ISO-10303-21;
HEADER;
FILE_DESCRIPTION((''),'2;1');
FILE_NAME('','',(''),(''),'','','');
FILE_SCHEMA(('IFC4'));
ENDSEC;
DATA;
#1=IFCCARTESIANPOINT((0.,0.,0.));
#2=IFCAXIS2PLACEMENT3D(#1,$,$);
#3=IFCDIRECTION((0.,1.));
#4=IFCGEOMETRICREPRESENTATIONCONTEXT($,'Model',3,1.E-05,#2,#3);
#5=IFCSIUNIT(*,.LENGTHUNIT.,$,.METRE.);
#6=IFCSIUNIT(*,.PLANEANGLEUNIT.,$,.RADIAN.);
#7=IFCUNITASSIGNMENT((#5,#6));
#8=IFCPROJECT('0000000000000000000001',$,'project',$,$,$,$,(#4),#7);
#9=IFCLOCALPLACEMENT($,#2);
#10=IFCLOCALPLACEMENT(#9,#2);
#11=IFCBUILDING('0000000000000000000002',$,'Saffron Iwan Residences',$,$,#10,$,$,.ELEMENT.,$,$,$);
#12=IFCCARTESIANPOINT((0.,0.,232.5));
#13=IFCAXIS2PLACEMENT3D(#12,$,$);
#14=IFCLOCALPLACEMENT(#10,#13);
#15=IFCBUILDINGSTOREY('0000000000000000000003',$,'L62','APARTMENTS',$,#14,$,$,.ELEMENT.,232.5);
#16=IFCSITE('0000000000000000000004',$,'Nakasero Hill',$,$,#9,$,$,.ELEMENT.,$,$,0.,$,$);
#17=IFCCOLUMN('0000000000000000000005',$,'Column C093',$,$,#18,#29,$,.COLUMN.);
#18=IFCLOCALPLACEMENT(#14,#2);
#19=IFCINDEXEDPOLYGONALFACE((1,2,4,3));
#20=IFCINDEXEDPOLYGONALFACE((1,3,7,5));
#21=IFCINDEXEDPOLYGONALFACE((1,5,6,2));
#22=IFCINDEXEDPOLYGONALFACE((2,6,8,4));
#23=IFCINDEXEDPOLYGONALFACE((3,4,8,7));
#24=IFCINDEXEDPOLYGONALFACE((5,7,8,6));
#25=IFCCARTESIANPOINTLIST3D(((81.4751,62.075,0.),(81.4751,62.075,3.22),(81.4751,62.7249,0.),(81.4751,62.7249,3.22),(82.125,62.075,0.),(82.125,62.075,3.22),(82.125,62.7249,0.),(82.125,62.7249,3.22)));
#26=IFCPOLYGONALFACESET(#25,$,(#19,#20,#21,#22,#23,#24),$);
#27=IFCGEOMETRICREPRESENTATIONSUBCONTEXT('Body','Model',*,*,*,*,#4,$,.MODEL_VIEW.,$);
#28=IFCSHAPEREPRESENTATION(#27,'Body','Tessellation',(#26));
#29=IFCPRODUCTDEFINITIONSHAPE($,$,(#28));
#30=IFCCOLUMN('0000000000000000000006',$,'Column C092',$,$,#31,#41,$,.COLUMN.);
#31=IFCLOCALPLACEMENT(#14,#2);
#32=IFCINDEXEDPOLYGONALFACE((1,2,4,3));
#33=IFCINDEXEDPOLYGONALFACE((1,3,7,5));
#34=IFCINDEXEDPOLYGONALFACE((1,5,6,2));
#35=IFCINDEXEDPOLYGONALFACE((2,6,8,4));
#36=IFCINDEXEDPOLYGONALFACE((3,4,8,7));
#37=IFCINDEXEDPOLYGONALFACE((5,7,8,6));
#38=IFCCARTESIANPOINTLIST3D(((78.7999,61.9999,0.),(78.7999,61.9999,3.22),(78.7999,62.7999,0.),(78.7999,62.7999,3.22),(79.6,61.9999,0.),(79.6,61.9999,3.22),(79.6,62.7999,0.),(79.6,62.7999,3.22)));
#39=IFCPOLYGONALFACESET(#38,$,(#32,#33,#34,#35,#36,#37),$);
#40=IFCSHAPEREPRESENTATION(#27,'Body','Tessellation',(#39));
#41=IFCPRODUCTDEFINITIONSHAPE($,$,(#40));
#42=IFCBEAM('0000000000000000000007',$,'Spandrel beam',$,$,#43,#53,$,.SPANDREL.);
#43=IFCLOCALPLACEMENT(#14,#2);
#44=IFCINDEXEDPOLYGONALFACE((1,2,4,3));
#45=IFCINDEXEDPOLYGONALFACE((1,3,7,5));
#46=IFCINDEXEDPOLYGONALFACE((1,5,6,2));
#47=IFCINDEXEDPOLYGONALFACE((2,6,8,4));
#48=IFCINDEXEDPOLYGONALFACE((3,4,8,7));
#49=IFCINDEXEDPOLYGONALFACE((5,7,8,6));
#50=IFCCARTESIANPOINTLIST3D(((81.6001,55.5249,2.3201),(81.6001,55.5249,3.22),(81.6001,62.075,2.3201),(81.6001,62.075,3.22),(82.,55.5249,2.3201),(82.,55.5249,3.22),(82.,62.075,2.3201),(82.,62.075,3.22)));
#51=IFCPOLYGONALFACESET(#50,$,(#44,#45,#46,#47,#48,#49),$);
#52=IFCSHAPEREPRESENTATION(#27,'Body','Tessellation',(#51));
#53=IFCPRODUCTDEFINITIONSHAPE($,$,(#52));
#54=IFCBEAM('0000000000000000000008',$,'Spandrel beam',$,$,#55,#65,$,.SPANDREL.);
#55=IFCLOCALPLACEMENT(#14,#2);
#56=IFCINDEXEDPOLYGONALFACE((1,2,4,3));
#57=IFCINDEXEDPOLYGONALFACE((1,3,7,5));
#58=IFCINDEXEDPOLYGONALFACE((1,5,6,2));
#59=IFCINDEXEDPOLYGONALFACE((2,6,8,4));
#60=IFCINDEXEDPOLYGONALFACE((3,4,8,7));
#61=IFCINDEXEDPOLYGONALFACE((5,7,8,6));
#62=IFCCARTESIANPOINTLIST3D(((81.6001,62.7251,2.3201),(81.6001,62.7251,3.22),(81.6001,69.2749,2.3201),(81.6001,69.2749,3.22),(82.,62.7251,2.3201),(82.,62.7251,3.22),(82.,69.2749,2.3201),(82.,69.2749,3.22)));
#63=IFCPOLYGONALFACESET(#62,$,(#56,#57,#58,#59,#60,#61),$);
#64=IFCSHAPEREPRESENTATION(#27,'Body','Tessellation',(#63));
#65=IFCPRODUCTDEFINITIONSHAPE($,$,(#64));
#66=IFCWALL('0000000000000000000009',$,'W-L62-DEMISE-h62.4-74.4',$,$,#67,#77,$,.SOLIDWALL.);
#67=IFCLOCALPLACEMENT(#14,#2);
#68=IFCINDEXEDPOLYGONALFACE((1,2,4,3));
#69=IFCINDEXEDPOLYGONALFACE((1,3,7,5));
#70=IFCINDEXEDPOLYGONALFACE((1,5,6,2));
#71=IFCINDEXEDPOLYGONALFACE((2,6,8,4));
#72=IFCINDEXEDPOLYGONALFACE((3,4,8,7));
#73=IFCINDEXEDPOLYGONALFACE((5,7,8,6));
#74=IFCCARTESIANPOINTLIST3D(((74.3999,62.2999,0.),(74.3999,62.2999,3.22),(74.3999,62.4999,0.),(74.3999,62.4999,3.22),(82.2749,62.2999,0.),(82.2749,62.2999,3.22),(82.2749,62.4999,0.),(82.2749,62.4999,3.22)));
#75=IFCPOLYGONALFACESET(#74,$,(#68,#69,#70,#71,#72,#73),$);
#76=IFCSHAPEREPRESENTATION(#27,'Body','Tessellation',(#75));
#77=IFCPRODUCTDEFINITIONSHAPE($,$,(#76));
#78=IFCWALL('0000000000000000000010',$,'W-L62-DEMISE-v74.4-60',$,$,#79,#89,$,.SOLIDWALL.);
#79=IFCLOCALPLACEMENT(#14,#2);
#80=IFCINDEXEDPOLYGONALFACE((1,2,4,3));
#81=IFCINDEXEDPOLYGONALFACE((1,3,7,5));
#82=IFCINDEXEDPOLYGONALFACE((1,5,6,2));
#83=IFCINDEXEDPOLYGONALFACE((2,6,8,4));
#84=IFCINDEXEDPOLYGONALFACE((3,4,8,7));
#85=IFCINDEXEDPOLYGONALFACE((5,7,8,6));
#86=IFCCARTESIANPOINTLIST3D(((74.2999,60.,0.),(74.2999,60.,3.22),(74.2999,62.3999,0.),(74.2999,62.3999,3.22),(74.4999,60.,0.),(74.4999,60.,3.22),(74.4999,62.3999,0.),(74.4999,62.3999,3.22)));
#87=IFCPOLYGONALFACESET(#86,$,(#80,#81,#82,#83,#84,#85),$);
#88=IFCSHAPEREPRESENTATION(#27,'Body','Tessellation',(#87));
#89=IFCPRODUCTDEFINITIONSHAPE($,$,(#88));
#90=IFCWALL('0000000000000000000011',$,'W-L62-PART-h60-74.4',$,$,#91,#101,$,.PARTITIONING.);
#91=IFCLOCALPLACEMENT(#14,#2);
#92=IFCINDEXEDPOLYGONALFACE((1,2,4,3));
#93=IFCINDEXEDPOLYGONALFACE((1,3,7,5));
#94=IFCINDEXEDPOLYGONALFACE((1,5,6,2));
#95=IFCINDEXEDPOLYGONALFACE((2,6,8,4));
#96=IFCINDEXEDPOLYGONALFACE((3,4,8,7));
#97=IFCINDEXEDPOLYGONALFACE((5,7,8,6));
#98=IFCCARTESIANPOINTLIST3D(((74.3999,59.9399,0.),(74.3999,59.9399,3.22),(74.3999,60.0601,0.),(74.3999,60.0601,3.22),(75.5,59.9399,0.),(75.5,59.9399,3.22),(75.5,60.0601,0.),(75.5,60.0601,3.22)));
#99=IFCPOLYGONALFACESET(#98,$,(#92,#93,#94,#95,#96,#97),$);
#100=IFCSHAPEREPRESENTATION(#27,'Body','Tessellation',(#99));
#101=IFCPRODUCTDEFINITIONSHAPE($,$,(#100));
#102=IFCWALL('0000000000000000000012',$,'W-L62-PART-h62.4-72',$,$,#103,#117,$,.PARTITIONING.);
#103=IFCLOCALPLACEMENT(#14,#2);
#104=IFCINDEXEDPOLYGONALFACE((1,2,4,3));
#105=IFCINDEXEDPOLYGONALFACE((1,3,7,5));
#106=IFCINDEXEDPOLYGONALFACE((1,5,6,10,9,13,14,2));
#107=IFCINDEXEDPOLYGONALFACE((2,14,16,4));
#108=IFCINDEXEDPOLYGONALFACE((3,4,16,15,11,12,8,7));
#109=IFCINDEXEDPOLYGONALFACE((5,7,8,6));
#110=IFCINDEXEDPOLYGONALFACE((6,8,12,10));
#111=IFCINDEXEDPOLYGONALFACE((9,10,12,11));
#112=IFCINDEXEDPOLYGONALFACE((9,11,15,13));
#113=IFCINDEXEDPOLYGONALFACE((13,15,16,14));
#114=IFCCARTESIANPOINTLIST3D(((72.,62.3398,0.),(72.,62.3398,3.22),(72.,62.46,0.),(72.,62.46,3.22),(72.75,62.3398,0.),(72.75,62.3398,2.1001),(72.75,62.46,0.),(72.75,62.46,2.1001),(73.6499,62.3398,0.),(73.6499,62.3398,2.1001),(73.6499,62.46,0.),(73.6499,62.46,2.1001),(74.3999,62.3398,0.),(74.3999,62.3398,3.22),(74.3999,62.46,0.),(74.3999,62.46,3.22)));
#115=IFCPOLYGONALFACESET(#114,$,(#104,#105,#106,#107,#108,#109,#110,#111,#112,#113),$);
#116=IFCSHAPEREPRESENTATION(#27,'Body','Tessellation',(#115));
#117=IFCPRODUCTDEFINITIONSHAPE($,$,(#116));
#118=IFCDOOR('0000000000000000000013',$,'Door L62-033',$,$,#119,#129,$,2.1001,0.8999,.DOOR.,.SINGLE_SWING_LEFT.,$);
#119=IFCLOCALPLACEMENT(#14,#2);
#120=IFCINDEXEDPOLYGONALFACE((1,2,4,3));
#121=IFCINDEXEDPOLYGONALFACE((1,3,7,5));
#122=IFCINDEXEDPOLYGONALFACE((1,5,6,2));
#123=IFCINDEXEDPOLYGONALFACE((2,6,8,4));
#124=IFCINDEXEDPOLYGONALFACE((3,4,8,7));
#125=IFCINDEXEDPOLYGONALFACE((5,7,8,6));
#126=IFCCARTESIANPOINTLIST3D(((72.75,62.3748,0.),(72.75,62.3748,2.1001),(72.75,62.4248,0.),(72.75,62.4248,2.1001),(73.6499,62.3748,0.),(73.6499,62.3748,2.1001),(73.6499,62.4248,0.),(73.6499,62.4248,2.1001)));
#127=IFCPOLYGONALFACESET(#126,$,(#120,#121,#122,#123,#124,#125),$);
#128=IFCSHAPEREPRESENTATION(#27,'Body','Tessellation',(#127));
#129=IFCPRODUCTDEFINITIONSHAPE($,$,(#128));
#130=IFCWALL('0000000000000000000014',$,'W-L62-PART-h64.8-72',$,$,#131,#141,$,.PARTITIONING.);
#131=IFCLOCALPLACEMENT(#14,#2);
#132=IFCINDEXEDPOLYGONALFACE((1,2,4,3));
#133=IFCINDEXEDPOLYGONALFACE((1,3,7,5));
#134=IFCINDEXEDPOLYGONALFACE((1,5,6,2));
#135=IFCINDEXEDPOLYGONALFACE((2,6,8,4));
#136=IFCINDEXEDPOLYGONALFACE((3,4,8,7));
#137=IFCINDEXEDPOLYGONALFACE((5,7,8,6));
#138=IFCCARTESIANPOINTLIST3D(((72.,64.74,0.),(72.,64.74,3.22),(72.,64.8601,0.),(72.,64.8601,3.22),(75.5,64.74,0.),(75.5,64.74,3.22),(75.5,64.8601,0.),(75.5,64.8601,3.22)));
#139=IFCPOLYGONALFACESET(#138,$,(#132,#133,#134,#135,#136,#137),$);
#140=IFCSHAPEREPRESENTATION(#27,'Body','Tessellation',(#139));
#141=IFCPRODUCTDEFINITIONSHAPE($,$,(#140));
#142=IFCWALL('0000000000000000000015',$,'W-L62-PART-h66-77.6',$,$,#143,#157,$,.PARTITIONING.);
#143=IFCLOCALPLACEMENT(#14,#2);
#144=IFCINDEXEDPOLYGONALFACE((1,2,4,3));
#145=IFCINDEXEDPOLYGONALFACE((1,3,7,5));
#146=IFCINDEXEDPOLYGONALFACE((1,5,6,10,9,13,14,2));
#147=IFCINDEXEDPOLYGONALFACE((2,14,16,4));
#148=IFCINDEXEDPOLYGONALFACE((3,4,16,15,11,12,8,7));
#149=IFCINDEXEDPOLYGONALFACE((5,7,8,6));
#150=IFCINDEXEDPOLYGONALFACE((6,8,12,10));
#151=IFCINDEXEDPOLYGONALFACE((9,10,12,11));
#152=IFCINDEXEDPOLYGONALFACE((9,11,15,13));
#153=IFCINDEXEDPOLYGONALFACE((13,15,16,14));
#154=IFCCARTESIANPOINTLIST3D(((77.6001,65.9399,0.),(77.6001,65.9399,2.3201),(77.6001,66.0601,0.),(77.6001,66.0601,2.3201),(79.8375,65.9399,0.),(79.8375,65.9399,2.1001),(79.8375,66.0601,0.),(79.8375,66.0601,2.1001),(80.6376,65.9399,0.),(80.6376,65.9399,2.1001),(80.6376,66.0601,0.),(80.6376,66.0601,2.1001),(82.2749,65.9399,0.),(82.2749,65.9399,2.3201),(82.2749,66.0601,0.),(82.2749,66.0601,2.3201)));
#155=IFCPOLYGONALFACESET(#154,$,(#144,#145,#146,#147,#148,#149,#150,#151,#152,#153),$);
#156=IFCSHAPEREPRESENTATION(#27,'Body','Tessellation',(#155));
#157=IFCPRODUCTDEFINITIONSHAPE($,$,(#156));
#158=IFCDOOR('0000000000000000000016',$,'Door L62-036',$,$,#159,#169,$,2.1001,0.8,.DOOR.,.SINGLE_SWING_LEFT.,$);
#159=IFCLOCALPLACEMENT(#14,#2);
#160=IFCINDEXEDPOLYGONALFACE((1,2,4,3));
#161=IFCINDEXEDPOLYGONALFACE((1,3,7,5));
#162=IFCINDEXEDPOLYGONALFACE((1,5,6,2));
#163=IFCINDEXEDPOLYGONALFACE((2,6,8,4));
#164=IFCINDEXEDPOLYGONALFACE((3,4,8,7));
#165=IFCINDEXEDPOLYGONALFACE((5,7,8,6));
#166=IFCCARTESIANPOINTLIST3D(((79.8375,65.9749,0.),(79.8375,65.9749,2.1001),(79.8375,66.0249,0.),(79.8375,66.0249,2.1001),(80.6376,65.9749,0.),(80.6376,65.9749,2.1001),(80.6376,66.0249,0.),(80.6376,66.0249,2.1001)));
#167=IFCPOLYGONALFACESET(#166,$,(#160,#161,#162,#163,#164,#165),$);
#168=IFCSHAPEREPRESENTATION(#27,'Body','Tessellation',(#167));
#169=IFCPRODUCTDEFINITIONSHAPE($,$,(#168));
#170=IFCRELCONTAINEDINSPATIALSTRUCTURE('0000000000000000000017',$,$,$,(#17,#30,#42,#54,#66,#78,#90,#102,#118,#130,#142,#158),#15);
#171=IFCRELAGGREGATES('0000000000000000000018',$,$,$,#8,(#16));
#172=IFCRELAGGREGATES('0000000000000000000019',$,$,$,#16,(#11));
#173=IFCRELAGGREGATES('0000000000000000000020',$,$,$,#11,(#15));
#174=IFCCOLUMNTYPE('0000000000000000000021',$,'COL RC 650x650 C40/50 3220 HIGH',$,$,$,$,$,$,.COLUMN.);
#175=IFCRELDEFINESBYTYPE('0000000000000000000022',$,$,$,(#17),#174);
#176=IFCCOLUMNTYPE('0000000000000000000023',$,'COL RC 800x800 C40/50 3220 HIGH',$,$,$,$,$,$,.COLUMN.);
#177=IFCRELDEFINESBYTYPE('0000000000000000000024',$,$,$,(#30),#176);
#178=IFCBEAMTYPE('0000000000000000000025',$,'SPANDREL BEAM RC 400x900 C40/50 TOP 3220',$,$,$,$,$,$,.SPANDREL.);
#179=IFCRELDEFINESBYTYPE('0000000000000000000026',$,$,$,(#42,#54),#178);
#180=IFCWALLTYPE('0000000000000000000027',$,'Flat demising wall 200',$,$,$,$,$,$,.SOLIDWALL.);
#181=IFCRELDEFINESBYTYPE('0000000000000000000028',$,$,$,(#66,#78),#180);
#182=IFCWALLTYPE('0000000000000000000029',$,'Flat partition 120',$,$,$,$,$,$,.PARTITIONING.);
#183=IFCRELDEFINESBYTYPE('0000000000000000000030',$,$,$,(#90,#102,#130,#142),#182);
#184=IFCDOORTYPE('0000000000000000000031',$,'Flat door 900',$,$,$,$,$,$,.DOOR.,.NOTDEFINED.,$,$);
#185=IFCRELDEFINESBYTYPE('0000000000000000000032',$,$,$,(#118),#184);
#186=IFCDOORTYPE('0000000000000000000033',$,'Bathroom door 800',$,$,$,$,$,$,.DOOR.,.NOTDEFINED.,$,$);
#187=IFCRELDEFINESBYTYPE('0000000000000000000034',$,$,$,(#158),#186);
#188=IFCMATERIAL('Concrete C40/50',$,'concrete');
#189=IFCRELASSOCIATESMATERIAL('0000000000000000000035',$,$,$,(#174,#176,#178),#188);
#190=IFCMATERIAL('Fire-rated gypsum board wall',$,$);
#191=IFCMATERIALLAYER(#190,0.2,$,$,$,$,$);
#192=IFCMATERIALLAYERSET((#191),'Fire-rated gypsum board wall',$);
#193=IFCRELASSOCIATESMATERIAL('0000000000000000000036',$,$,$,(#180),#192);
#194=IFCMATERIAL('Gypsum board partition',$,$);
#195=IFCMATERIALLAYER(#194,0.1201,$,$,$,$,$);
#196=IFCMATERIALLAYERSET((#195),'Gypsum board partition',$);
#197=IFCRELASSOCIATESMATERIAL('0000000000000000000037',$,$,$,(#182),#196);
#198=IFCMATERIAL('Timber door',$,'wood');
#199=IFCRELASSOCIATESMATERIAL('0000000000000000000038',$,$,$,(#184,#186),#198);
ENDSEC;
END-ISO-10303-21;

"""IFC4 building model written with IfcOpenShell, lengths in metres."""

from ifc_helpers import new_model, si_unit, direction, frame, frame_2d, origin, origin_2d, place, context, subcontext, project, spatial, rectangle, extrude, source, transform, mapped, material, layer, layer_set, material_profile, profile_set, type_object, element, fill, save


model = new_model("IFC4")

# Units and contexts
model_context = context("Model", 3, precision=1e-05, world=origin(), true_north=direction((0.0, 1.0)))
body_context = subcontext(model_context, "Body", "Model", "MODEL_VIEW")
ifc_project = project(units=[si_unit("LENGTHUNIT", "METRE"), si_unit("PLANEANGLEUNIT", "RADIAN")], contexts=[model_context])

# Site, building, storey
site_placement = place(None, origin())
site = spatial("IfcSite", under=ifc_project, at=site_placement, Name="Nakasero Hill", CompositionType="ELEMENT", RefElevation=0.0)
building_placement = place(site_placement, origin())
building = spatial("IfcBuilding", under=site, at=building_placement, Name="Saffron Iwan Residences", CompositionType="ELEMENT")
storey_placement = place(building_placement, frame((0.0, 0.0, 232.5)))
storey = spatial("IfcBuildingStorey", under=building, at=storey_placement, Name="L62", Description="APARTMENTS", CompositionType="ELEMENT", Elevation=232.5)

# Columns
ifc_material_1 = material(Name="Concrete C40/50", Category="concrete")
ifc_material_profile_1 = material_profile(ifc_material_1, rectangle(XDim=0.6499, YDim=0.6499, at=origin_2d()), Name="RC 650x650")
ifc_profile_set_1 = profile_set([ifc_material_profile_1], Name="Concrete C40/50")
column_type_1 = type_object("IfcColumnType", Name="COL RC 650x650 C40/50 3220 HIGH", PredefinedType="COLUMN", material=ifc_profile_set_1)
shared_shape_1 = source(origin(), body_context, "Body", "SweptSolid", [
    extrude(rectangle(XDim=0.6499, YDim=0.6499, at=origin_2d()), origin(), (0.0, 0.0, 1.0), 3.22),
])
column_1_placement = place(storey_placement, frame((81.8, 62.3999, 0.0), z_axis=(0.0, 0.0, 1.0), x_axis=(1.0, 0.0, 0.0)))
element("IfcColumn", 1, at=column_1_placement, inside=storey, type_object=column_type_1, Name="Column C093", PredefinedType="COLUMN", context=body_context, shape_type="MappedRepresentation", body=[
    mapped(shared_shape_1, transform((0.0, 0.0, 0.0))),
])
ifc_material_profile_2 = material_profile(ifc_material_1, rectangle(XDim=0.8, YDim=0.8, at=origin_2d()), Name="RC 800x800")
ifc_profile_set_2 = profile_set([ifc_material_profile_2], Name="Concrete C40/50")
column_type_2 = type_object("IfcColumnType", Name="COL RC 800x800 C40/50 3220 HIGH", PredefinedType="COLUMN", material=ifc_profile_set_2)
shared_shape_2 = source(origin(), body_context, "Body", "SweptSolid", [
    extrude(rectangle(XDim=0.8, YDim=0.8, at=origin_2d()), origin(), (0.0, 0.0, 1.0), 3.22),
])
column_2_placement = place(storey_placement, frame((79.2, 62.3999, 0.0), z_axis=(0.0, 0.0, 1.0), x_axis=(1.0, 0.0, 0.0)))
element("IfcColumn", 2, at=column_2_placement, inside=storey, type_object=column_type_2, Name="Column C092", PredefinedType="COLUMN", context=body_context, shape_type="MappedRepresentation", body=[
    mapped(shared_shape_2, transform((0.0, 0.0, 0.0))),
])

# Beams
ifc_material_profile_3 = material_profile(ifc_material_1, rectangle(XDim=0.3999, YDim=0.8999, at=origin_2d()), Name="RC 400x900")
ifc_profile_set_3 = profile_set([ifc_material_profile_3], Name="Concrete C40/50")
beam_type = type_object("IfcBeamType", Name="SPANDREL BEAM RC 400x900 C40/50 TOP 3220", PredefinedType="SPANDREL", material=ifc_profile_set_3)
shared_shape_3 = source(origin(), body_context, "Body", "SweptSolid", [
    extrude(rectangle(XDim=0.3999, YDim=0.8999, at=origin_2d()), origin(), (0.0, 0.0, 1.0), 6.55),
])
beam_1_placement = place(storey_placement, frame((81.8, 62.075, 2.77), z_axis=(0.0, -1.0, 0.0), x_axis=(1.0, 0.0, 0.0)))
element("IfcBeam", 3, at=beam_1_placement, inside=storey, type_object=beam_type, Name="Spandrel beam", PredefinedType="SPANDREL", context=body_context, shape_type="MappedRepresentation", body=[
    mapped(shared_shape_3, transform((0.0, 0.0, 0.0))),
])
shared_shape_4 = source(origin(), body_context, "Body", "SweptSolid", [
    extrude(rectangle(XDim=0.3999, YDim=0.8999, at=origin_2d()), origin(), (0.0, 0.0, 1.0), 6.5498),
])
beam_2_placement = place(storey_placement, frame((81.8, 69.2749, 2.77), z_axis=(0.0, -1.0, 0.0), x_axis=(1.0, 0.0, 0.0)))
element("IfcBeam", 4, at=beam_2_placement, inside=storey, type_object=beam_type, Name="Spandrel beam", PredefinedType="SPANDREL", context=body_context, shape_type="MappedRepresentation", body=[
    mapped(shared_shape_4, transform((0.0, 0.0, 0.0))),
])

# Walls
ifc_material_2 = material(Name="Fire-rated gypsum board wall")
ifc_layer_1 = layer(ifc_material_2, 0.2)
ifc_layer_set_1 = layer_set([ifc_layer_1], Name="Fire-rated gypsum board wall")
wall_type_1 = type_object("IfcWallType", Name="Flat demising wall 200", PredefinedType="SOLIDWALL", material=ifc_layer_set_1)
wall_1_placement = place(storey_placement, frame((74.3999, 62.3999, 0.0), z_axis=(0.0, 0.0, 1.0), x_axis=(1.0, 0.0, 0.0)))
element("IfcWall", 5, at=wall_1_placement, inside=storey, type_object=wall_type_1, Name="W-L62-DEMISE-h62.4-74.4", PredefinedType="SOLIDWALL", context=body_context, shape_type="SweptSolid", body=[
    extrude(rectangle(XDim=7.875, YDim=0.2, at=frame_2d((3.9375, 0.0))), origin(), (0.0, 0.0, 1.0), 3.22),
])
wall_2_placement = place(storey_placement, frame((74.3999, 60.0, 0.0), z_axis=(0.0, 0.0, 1.0), x_axis=(0.0, 1.0, 0.0)))
element("IfcWall", 6, at=wall_2_placement, inside=storey, type_object=wall_type_1, Name="W-L62-DEMISE-v74.4-60", PredefinedType="SOLIDWALL", context=body_context, shape_type="SweptSolid", body=[
    extrude(rectangle(XDim=2.3999, YDim=0.2, at=frame_2d((1.2, 0.0))), origin(), (0.0, 0.0, 1.0), 3.22),
])
ifc_material_3 = material(Name="Gypsum board partition")
ifc_layer_2 = layer(ifc_material_3, 0.1201)
ifc_layer_set_2 = layer_set([ifc_layer_2], Name="Gypsum board partition")
wall_type_2 = type_object("IfcWallType", Name="Flat partition 120", PredefinedType="PARTITIONING", material=ifc_layer_set_2)
wall_3_placement = place(storey_placement, frame((74.3999, 60.0, 0.0), z_axis=(0.0, 0.0, 1.0), x_axis=(1.0, 0.0, 0.0)))
element("IfcWall", 7, at=wall_3_placement, inside=storey, type_object=wall_type_2, Name="W-L62-PART-h60-74.4", PredefinedType="PARTITIONING", context=body_context, shape_type="SweptSolid", body=[
    extrude(rectangle(XDim=1.1001, YDim=0.1201, at=frame_2d((0.55, 0.0))), origin(), (0.0, 0.0, 1.0), 3.22),
])

# Wall, opening, door
wall_4_placement = place(storey_placement, frame((72.0, 62.3999, 0.0), z_axis=(0.0, 0.0, 1.0), x_axis=(1.0, 0.0, 0.0)))
wall_4 = element("IfcWall", 8, at=wall_4_placement, inside=storey, type_object=wall_type_2, Name="W-L62-PART-h62.4-72", PredefinedType="PARTITIONING", context=body_context, shape_type="SweptSolid", body=[
    extrude(rectangle(XDim=2.3999, YDim=0.1201, at=frame_2d((1.2, 0.0))), origin(), (0.0, 0.0, 1.0), 3.22),
])
opening_1_placement = place(wall_4_placement, frame((0.75, 0.0, 0.0)))
opening_1 = element("IfcOpeningElement", 9, at=opening_1_placement, cuts=wall_4, PredefinedType="OPENING", context=body_context, shape_type="SweptSolid", body=[
    extrude(rectangle(XDim=0.8999, YDim=2.1001, at=frame_2d((0.45, 1.05))), frame((0.0, 0.0701, 0.0), z_axis=(0.0, -1.0, 0.0), x_axis=(1.0, 0.0, 0.0)), (0.0, 0.0, 1.0), 0.1401),
])
ifc_material_4 = material(Name="Timber door", Category="wood")
door_type_1 = type_object("IfcDoorType", Name="Flat door 900", OperationType="NOTDEFINED", PredefinedType="DOOR", material=ifc_material_4)
door_1_placement = place(opening_1_placement, origin())
door_1 = element("IfcDoor", 10, at=door_1_placement, inside=storey, type_object=door_type_1, Name="Door L62-033", OperationType="SINGLE_SWING_LEFT", OverallHeight=2.1001, OverallWidth=0.8999, PredefinedType="DOOR", context=body_context, shape_type="SweptSolid", body=[
    extrude(rectangle(XDim=0.8999, YDim=2.1001, at=frame_2d((0.45, 1.05))), frame((0.0, 0.0249, 0.0), z_axis=(0.0, -1.0, 0.0), x_axis=(1.0, 0.0, 0.0)), (0.0, 0.0, 1.0), 0.05),
])
fill(opening_1, door_1)

# Wall
wall_5_placement = place(storey_placement, frame((72.0, 64.8, 0.0), z_axis=(0.0, 0.0, 1.0), x_axis=(1.0, 0.0, 0.0)))
element("IfcWall", 11, at=wall_5_placement, inside=storey, type_object=wall_type_2, Name="W-L62-PART-h64.8-72", PredefinedType="PARTITIONING", context=body_context, shape_type="SweptSolid", body=[
    extrude(rectangle(XDim=3.5, YDim=0.1201, at=frame_2d((1.75, 0.0))), origin(), (0.0, 0.0, 1.0), 3.22),
])

# Wall, opening, door
wall_6_placement = place(storey_placement, frame((77.6001, 66.0, 0.0), z_axis=(0.0, 0.0, 1.0), x_axis=(1.0, 0.0, 0.0)))
wall_6 = element("IfcWall", 12, at=wall_6_placement, inside=storey, type_object=wall_type_2, Name="W-L62-PART-h66-77.6", PredefinedType="PARTITIONING", context=body_context, shape_type="SweptSolid", body=[
    extrude(rectangle(XDim=4.6748, YDim=0.1201, at=frame_2d((2.3374, 0.0))), origin(), (0.0, 0.0, 1.0), 2.3201),
])
opening_2_placement = place(wall_6_placement, frame((2.2375, 0.0, 0.0)))
opening_2 = element("IfcOpeningElement", 13, at=opening_2_placement, cuts=wall_6, PredefinedType="OPENING", context=body_context, shape_type="SweptSolid", body=[
    extrude(rectangle(XDim=0.8, YDim=2.1001, at=frame_2d((0.3999, 1.05))), frame((0.0, 0.0701, 0.0), z_axis=(0.0, -1.0, 0.0), x_axis=(1.0, 0.0, 0.0)), (0.0, 0.0, 1.0), 0.1401),
])
door_type_2 = type_object("IfcDoorType", Name="Bathroom door 800", OperationType="NOTDEFINED", PredefinedType="DOOR", material=ifc_material_4)
door_2_placement = place(opening_2_placement, origin())
door_2 = element("IfcDoor", 14, at=door_2_placement, inside=storey, type_object=door_type_2, Name="Door L62-036", OperationType="SINGLE_SWING_LEFT", OverallHeight=2.1001, OverallWidth=0.8, PredefinedType="DOOR", context=body_context, shape_type="SweptSolid", body=[
    extrude(rectangle(XDim=0.8, YDim=2.1001, at=frame_2d((0.3999, 1.05))), frame((0.0, 0.0249, 0.0), z_axis=(0.0, -1.0, 0.0), x_axis=(1.0, 0.0, 0.0)), (0.0, 0.0, 1.0), 0.05),
])
fill(opening_2, door_2)

save(model, "model.ifc")
